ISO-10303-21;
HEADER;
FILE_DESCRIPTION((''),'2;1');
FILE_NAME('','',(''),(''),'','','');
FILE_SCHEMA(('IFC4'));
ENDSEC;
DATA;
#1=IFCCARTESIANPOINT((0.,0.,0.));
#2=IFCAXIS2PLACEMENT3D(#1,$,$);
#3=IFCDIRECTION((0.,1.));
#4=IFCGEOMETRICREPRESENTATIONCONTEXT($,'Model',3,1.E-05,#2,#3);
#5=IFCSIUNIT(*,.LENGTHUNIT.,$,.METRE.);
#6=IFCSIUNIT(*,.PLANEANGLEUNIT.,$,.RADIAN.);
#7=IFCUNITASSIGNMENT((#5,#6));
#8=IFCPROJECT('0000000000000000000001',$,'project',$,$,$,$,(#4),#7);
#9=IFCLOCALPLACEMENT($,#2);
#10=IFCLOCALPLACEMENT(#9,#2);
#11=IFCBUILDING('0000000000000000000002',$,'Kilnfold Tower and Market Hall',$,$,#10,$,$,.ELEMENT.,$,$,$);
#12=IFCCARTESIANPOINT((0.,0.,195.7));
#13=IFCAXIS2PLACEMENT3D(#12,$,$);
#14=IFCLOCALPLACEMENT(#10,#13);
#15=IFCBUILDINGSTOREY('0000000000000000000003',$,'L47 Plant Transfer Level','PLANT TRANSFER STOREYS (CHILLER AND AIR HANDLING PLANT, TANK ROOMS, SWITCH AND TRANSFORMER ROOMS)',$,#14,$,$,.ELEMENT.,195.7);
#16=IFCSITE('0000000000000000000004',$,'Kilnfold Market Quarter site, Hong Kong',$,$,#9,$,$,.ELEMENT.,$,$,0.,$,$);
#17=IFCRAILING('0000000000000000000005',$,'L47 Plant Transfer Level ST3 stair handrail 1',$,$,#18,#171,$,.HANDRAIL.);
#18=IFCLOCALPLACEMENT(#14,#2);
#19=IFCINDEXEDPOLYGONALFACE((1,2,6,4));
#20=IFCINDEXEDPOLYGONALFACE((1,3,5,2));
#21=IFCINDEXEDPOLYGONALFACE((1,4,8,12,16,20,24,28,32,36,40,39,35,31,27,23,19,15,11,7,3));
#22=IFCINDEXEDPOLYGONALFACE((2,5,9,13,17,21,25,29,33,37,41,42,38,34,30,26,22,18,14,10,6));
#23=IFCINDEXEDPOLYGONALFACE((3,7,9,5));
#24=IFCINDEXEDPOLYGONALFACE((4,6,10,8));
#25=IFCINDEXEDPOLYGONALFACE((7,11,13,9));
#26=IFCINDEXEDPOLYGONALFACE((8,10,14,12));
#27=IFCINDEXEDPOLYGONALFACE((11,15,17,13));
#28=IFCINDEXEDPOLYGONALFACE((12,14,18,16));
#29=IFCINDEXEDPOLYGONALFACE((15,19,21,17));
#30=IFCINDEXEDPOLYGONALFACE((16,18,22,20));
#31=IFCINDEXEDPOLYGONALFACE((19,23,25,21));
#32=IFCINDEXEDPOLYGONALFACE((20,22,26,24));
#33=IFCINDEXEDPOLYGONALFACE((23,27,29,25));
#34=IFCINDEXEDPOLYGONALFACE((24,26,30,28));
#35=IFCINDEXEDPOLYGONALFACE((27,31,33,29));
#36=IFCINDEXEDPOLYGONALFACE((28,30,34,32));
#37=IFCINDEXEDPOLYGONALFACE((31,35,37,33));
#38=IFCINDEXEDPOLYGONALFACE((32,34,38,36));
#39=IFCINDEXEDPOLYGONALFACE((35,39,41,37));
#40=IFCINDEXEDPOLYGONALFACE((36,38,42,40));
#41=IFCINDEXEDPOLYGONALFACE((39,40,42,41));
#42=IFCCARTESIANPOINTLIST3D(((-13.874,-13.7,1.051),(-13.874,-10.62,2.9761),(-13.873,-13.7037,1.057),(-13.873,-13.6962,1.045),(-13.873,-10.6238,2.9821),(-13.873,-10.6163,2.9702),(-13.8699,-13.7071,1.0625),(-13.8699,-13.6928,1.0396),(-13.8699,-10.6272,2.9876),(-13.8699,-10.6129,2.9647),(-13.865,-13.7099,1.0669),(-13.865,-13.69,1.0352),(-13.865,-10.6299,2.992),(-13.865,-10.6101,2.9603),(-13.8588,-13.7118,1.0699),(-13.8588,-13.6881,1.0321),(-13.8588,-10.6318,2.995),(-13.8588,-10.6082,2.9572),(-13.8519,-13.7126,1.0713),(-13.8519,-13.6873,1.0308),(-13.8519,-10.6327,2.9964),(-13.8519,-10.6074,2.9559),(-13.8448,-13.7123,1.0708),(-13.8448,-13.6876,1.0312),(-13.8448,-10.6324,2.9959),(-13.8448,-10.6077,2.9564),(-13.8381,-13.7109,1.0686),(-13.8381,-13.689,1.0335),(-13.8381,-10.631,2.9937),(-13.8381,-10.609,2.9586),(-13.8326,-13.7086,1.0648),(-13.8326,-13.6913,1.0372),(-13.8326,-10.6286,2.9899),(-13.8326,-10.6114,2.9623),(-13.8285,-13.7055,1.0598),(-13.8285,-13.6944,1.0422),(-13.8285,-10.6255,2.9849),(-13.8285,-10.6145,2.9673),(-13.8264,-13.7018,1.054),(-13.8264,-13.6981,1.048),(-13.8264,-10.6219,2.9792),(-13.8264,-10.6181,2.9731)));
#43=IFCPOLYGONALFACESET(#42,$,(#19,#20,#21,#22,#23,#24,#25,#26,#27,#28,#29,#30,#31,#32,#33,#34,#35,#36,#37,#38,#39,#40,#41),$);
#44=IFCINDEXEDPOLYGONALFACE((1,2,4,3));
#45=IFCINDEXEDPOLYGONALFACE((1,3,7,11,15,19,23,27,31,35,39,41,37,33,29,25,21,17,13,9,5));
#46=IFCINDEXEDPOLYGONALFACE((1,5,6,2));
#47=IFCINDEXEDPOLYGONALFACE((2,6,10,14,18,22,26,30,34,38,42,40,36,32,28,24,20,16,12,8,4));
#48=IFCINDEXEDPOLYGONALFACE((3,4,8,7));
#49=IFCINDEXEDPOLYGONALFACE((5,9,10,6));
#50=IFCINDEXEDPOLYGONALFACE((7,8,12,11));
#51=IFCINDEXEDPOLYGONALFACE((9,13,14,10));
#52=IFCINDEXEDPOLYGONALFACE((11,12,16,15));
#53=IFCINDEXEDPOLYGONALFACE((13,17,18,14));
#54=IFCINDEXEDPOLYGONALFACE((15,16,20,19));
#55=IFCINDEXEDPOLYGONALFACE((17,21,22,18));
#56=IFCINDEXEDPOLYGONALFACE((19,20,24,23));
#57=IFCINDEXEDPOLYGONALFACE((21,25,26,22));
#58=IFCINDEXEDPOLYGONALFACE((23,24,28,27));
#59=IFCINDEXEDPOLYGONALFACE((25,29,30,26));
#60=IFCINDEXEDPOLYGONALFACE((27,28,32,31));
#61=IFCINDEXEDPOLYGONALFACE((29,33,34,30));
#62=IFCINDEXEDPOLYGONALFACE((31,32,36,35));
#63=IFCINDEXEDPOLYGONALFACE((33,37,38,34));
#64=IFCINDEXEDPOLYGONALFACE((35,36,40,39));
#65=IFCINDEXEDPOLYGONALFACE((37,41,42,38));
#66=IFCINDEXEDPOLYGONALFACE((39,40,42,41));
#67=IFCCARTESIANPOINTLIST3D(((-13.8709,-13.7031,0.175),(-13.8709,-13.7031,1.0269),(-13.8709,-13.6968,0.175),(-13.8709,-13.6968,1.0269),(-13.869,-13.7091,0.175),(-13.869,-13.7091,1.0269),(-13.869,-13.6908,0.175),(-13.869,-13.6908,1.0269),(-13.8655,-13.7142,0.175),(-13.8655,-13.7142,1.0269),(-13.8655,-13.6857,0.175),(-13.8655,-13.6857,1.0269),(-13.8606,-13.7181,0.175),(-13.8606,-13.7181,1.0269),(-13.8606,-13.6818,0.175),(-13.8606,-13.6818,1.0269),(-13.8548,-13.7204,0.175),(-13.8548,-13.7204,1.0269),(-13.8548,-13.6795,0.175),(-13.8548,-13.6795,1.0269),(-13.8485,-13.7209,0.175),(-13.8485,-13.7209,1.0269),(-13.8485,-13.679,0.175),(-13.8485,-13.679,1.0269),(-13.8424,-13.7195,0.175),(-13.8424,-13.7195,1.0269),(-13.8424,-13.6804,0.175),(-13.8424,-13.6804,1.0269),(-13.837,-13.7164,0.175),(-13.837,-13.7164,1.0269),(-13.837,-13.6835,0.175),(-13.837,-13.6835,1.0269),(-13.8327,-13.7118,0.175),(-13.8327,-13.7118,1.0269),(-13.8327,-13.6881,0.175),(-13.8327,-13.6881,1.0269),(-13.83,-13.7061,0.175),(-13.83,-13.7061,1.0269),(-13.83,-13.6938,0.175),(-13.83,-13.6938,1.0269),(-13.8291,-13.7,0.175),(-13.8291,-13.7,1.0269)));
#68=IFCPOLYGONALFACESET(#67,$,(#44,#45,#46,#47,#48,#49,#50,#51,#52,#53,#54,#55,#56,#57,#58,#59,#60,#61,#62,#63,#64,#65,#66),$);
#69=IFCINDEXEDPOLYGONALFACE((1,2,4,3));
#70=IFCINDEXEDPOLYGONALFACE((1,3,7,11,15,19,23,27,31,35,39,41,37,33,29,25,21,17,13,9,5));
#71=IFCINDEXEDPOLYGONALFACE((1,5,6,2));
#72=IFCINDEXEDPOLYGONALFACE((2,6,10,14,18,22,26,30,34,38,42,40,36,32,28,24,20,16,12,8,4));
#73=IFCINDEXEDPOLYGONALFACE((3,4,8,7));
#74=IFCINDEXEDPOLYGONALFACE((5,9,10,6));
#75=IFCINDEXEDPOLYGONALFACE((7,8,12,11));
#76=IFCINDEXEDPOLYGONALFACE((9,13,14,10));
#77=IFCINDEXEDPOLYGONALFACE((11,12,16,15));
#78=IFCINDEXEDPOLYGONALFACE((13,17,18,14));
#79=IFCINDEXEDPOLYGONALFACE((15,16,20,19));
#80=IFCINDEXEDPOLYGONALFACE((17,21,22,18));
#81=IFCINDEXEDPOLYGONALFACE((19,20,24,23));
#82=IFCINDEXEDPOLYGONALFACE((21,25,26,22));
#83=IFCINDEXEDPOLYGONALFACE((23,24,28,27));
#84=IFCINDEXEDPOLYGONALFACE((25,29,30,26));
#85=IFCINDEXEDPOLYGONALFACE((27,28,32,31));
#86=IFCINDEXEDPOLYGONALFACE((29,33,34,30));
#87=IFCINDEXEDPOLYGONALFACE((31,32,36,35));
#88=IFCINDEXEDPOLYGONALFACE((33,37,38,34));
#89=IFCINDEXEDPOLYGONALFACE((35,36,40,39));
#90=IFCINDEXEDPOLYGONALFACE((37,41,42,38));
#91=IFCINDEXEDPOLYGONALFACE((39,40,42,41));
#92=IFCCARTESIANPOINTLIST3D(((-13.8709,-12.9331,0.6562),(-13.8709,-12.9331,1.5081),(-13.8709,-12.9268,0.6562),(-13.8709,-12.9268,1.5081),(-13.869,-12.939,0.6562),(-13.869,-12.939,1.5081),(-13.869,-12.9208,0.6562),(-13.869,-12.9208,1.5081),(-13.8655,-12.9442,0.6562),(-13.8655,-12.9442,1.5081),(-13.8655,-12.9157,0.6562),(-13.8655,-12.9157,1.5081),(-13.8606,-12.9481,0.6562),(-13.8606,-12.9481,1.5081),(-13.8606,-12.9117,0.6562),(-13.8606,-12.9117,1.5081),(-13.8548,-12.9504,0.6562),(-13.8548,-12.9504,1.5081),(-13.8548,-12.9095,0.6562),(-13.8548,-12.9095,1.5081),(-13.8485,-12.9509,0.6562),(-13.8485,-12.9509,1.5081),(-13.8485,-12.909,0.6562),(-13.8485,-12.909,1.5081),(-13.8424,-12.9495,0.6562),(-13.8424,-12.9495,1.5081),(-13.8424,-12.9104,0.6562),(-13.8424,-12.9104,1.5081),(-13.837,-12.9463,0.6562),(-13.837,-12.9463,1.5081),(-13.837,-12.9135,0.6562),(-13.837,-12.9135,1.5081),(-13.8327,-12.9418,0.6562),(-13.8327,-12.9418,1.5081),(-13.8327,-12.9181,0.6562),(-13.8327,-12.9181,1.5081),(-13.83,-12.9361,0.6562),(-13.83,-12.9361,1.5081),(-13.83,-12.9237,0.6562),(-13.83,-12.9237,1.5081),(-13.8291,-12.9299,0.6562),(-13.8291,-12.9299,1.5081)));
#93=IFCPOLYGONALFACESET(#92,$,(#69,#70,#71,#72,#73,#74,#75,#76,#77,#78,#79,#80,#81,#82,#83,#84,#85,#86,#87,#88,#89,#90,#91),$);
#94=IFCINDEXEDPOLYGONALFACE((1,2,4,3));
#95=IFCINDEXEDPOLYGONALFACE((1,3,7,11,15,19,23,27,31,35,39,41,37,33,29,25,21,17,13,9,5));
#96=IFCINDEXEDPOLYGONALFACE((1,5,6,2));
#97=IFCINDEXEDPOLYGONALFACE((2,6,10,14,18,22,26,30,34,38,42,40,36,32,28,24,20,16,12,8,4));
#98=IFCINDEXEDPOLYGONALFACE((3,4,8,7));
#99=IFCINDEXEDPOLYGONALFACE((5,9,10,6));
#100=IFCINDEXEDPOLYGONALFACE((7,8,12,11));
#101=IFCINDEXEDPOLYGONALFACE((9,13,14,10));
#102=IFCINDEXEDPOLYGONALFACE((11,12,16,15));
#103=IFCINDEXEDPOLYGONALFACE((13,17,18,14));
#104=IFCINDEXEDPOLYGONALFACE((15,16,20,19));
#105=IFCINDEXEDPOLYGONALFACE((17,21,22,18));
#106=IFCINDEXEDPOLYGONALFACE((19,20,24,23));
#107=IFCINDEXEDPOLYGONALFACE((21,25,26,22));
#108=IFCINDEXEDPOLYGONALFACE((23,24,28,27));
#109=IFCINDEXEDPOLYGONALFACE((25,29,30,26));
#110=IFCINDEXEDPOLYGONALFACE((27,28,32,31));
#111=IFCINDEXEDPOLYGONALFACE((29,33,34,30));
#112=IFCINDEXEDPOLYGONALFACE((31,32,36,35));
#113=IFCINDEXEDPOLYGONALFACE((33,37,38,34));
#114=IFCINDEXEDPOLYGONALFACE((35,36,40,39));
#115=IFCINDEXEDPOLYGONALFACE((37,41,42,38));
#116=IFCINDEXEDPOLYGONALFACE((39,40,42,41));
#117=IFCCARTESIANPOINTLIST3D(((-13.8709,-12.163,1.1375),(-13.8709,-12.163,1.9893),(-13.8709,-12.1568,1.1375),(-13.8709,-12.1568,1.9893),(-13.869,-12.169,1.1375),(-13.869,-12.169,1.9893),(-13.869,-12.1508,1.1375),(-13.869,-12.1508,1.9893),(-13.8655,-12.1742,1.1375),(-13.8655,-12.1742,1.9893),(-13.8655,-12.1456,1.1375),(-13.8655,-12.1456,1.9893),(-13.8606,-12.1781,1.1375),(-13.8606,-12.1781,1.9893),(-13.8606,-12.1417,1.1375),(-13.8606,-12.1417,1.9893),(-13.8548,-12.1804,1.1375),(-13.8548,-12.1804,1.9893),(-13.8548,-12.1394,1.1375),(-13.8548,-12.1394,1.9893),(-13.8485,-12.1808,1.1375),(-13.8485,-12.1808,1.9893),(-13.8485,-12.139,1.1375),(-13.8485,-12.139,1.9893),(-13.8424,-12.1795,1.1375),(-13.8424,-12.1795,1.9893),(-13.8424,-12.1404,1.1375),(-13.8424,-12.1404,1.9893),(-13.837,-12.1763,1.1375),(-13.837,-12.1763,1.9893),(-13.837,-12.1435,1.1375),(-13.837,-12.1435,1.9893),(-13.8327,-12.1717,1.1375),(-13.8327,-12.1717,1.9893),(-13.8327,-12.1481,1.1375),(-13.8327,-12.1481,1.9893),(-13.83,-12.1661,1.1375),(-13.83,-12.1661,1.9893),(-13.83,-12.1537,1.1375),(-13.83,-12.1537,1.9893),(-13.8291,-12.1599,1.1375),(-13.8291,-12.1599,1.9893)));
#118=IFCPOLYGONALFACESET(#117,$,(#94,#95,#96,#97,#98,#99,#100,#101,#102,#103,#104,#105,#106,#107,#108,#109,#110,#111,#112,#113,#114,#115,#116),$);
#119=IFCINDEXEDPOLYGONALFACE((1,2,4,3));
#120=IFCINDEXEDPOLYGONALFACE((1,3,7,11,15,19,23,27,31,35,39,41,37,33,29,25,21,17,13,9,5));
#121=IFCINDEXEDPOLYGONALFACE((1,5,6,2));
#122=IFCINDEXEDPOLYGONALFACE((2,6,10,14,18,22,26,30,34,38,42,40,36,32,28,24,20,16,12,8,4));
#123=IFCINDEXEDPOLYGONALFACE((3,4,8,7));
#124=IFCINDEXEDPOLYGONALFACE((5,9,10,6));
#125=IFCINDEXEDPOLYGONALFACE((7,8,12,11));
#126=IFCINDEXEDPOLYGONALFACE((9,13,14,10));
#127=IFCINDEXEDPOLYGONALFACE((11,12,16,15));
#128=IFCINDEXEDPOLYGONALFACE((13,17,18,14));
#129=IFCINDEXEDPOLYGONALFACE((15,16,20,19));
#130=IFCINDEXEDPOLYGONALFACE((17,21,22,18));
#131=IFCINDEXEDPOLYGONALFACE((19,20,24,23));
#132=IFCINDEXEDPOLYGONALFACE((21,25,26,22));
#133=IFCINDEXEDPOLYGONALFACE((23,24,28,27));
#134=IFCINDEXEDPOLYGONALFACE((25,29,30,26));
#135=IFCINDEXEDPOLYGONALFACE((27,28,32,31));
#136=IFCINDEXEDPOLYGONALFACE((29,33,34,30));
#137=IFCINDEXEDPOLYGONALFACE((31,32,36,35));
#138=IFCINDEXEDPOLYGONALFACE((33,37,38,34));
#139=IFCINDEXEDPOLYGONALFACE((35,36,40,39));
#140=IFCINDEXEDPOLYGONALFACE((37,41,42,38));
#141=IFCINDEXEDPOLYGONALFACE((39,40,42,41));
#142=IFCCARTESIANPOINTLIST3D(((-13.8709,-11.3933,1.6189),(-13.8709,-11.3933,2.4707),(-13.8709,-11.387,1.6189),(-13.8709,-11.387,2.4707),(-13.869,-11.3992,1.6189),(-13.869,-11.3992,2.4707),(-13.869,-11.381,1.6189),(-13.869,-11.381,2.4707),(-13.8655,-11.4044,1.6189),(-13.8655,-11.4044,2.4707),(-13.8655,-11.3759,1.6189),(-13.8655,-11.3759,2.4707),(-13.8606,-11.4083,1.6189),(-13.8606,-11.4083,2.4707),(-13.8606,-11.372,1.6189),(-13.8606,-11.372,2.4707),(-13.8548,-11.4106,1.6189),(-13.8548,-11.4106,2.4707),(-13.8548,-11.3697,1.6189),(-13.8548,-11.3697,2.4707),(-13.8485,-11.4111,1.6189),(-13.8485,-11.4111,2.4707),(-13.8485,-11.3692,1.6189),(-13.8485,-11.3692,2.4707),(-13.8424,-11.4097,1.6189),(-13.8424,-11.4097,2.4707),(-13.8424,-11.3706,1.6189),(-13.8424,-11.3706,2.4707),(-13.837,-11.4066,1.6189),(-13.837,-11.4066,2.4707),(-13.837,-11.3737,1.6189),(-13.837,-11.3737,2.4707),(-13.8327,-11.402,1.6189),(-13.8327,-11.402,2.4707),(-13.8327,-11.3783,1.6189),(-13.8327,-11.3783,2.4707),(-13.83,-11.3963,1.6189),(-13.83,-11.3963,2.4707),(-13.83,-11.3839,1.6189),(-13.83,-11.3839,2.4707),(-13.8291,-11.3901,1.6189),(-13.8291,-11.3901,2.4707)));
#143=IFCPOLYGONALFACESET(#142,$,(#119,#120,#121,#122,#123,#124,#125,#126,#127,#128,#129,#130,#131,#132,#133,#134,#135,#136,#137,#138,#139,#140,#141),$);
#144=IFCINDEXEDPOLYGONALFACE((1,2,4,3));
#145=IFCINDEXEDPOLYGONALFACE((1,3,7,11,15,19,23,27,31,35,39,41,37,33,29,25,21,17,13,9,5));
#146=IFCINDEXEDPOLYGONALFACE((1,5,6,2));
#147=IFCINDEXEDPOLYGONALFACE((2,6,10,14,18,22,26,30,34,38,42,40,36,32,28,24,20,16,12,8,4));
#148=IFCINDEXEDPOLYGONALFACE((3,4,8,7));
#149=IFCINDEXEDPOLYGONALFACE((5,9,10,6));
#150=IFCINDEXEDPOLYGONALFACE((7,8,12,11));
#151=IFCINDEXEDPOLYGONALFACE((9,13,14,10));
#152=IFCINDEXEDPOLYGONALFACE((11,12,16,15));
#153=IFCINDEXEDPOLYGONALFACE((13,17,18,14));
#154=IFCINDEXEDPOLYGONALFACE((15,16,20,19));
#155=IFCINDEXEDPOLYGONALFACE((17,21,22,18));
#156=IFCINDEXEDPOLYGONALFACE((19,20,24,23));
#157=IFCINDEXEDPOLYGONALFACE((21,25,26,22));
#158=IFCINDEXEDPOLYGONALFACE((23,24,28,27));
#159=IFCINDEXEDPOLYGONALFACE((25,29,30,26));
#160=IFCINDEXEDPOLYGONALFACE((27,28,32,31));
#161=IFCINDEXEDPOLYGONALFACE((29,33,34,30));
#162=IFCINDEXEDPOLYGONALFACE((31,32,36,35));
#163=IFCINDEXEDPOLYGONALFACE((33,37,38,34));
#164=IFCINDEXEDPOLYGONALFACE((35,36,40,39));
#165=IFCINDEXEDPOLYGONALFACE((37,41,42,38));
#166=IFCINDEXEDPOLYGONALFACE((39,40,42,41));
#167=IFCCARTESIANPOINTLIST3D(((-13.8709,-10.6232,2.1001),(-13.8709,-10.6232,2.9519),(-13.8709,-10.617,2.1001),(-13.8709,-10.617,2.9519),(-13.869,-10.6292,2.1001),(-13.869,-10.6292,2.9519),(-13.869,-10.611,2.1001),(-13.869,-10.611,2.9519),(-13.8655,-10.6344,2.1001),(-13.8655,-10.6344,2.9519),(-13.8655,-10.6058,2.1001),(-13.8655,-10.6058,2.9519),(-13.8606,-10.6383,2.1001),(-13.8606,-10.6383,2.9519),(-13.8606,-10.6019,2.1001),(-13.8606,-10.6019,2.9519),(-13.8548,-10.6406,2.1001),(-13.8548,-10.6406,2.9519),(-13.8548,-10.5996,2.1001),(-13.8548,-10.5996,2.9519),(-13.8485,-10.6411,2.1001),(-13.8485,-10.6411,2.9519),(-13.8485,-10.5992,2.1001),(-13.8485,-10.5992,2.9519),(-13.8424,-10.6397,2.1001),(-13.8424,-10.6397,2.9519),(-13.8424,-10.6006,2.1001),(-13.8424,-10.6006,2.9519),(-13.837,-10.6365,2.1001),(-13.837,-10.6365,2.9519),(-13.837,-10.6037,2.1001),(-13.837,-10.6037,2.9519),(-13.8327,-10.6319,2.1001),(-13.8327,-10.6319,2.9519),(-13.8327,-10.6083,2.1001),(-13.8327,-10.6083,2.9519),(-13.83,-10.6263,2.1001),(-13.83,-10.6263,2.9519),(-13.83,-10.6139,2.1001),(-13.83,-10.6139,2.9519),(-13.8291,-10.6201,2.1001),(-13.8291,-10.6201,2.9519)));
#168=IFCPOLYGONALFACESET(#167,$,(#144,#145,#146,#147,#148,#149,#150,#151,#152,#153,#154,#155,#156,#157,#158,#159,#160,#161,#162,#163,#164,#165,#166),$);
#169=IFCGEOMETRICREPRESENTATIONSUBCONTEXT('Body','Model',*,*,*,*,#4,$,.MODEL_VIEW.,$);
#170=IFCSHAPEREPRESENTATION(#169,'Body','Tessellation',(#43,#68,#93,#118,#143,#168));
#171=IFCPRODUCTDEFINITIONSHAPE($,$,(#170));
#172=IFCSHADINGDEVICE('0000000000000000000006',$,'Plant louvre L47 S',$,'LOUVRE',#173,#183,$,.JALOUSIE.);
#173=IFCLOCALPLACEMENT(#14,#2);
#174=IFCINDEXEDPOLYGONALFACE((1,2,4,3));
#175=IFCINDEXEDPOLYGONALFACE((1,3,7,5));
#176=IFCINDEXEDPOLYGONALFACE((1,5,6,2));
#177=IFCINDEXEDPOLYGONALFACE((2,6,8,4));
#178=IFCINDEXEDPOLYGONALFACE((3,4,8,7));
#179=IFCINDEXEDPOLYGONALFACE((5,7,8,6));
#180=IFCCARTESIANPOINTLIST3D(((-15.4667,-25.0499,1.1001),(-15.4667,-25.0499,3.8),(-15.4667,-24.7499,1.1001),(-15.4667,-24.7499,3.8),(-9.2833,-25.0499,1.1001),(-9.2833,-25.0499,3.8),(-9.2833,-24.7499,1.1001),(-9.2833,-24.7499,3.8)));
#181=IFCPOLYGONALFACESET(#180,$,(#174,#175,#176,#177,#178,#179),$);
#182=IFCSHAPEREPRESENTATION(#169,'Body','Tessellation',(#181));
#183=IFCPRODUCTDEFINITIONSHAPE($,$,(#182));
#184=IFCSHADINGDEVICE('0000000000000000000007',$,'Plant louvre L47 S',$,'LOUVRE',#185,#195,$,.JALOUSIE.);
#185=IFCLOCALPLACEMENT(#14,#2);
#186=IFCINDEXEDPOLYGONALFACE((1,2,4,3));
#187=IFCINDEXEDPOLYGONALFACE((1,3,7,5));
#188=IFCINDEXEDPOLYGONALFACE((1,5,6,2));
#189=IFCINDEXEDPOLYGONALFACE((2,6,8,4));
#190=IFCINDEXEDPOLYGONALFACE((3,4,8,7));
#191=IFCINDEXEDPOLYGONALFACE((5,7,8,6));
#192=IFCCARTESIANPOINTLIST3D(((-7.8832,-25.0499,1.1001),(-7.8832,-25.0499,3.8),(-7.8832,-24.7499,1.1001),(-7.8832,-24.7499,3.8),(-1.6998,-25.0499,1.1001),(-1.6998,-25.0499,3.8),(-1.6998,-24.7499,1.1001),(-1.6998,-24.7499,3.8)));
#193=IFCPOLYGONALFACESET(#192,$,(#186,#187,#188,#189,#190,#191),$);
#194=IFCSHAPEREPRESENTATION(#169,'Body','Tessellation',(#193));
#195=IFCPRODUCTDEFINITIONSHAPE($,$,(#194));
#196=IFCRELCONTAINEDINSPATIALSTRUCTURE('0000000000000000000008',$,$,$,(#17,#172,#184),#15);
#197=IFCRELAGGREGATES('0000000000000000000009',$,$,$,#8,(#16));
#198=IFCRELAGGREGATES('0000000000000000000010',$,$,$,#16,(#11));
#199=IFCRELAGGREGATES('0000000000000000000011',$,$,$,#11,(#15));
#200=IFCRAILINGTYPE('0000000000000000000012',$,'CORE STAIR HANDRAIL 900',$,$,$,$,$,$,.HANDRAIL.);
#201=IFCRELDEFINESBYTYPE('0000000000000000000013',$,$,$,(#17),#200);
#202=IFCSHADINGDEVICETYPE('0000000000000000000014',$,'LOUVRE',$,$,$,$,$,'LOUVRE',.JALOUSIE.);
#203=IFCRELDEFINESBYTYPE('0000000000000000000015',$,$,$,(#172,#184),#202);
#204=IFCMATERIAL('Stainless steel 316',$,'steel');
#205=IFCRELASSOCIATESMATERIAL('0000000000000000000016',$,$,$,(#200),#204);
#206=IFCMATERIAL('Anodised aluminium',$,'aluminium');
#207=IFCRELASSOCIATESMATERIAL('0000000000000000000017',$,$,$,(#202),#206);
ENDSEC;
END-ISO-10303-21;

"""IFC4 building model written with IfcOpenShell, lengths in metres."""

from ifc_helpers import new_model, si_unit, direction, frame, origin, origin_2d, place, context, subcontext, project, spatial, rectangle, circle, extrude, source, transform, mapped, material, type_object, element, save


model = new_model("IFC4")

# Units and contexts
model_context = context("Model", 3, precision=1e-05, world=origin(), true_north=direction((0.0, 1.0)))
body_context = subcontext(model_context, "Body", "Model", "MODEL_VIEW")
ifc_project = project(units=[si_unit("LENGTHUNIT", "METRE"), si_unit("PLANEANGLEUNIT", "RADIAN")], contexts=[model_context])

# Site, building, storey
site_placement = place(None, origin())
site = spatial("IfcSite", under=ifc_project, at=site_placement, Name="Kilnfold Market Quarter site, Hong Kong", CompositionType="ELEMENT", RefElevation=0.0)
building_placement = place(site_placement, origin())
building = spatial("IfcBuilding", under=site, at=building_placement, Name="Kilnfold Tower and Market Hall", CompositionType="ELEMENT")
storey_placement = place(building_placement, frame((0.0, 0.0, 195.7)))
storey = spatial("IfcBuildingStorey", under=building, at=storey_placement, Name="L47 Plant Transfer Level", Description="PLANT TRANSFER STOREYS (CHILLER AND AIR HANDLING PLANT, TANK ROOMS, SWITCH AND TRANSFORMER ROOMS)", CompositionType="ELEMENT", Elevation=195.7)

# Railing
ifc_material_1 = material(Name="Stainless steel 316", Category="steel")
railing_type_1 = type_object("IfcRailingType", Name="CORE STAIR HANDRAIL 900", PredefinedType="HANDRAIL", material=ifc_material_1)
railing_1_placement = place(storey_placement, frame((-13.8501, -13.7, 0.175)))
element("IfcRailing", 1, at=railing_1_placement, inside=storey, type_object=railing_type_1, Name="L47 Plant Transfer Level ST3 stair handrail 1", PredefinedType="HANDRAIL", context=body_context, shape_type="SweptSolid", body=[
    extrude(circle(Radius=0.0239, at=origin_2d()), frame((0.0, 0.0, 0.876), z_axis=(0.0, 0.847979, 0.530029), x_axis=(-1.0, 0.0, 0.0)), (0.0, 0.0, 1.0), 3.6321),
    extrude(circle(Radius=0.021, at=origin_2d()), origin(), (0.0, 0.0, 1.0), 0.8518),
    extrude(circle(Radius=0.021, at=origin_2d()), frame((0.0, 0.77, 0.4812)), (0.0, 0.0, 1.0), 0.8518),
    extrude(circle(Radius=0.021, at=origin_2d()), frame((0.0, 1.54, 0.9624)), (0.0, 0.0, 1.0), 0.8518),
    extrude(circle(Radius=0.021, at=origin_2d()), frame((0.0, 2.3098, 1.4438)), (0.0, 0.0, 1.0), 0.8518),
    extrude(circle(Radius=0.021, at=origin_2d()), frame((0.0, 3.0798, 1.925)), (0.0, 0.0, 1.0), 0.8518),
])

# Shading devices
ifc_material_2 = material(Name="Anodised aluminium", Category="aluminium")
shading_device_type = type_object("IfcShadingDeviceType", Name="LOUVRE", ElementType="LOUVRE", PredefinedType="JALOUSIE", material=ifc_material_2)
shared_shape_1 = source(origin(), body_context, "Body", "SweptSolid", [
    extrude(rectangle(XDim=6.1833, YDim=0.3, at=origin_2d()), origin(), (0.0, 0.0, 1.0), 2.7),
])
for number, where, z_axis, x_axis, name in (
    (2, (-12.375, -24.8999, 1.1001), (0.0, 0.0, 1.0), (1.0, 0.0, 0.0), "Plant louvre L47 S"),
    (3, (-4.7915, -24.8999, 1.1001), (0.0, 0.0, 1.0), (1.0, 0.0, 0.0), "Plant louvre L47 S"),
):
    element("IfcShadingDevice", number, at=place(storey_placement, frame(where, z_axis=z_axis, x_axis=x_axis)), inside=storey, type_object=shading_device_type, Name=name, ObjectType="LOUVRE", PredefinedType="JALOUSIE", context=body_context, shape_type="MappedRepresentation", body=[
        mapped(shared_shape_1, transform((0.0, 0.0, 0.0))),
    ])

save(model, "model.ifc")
